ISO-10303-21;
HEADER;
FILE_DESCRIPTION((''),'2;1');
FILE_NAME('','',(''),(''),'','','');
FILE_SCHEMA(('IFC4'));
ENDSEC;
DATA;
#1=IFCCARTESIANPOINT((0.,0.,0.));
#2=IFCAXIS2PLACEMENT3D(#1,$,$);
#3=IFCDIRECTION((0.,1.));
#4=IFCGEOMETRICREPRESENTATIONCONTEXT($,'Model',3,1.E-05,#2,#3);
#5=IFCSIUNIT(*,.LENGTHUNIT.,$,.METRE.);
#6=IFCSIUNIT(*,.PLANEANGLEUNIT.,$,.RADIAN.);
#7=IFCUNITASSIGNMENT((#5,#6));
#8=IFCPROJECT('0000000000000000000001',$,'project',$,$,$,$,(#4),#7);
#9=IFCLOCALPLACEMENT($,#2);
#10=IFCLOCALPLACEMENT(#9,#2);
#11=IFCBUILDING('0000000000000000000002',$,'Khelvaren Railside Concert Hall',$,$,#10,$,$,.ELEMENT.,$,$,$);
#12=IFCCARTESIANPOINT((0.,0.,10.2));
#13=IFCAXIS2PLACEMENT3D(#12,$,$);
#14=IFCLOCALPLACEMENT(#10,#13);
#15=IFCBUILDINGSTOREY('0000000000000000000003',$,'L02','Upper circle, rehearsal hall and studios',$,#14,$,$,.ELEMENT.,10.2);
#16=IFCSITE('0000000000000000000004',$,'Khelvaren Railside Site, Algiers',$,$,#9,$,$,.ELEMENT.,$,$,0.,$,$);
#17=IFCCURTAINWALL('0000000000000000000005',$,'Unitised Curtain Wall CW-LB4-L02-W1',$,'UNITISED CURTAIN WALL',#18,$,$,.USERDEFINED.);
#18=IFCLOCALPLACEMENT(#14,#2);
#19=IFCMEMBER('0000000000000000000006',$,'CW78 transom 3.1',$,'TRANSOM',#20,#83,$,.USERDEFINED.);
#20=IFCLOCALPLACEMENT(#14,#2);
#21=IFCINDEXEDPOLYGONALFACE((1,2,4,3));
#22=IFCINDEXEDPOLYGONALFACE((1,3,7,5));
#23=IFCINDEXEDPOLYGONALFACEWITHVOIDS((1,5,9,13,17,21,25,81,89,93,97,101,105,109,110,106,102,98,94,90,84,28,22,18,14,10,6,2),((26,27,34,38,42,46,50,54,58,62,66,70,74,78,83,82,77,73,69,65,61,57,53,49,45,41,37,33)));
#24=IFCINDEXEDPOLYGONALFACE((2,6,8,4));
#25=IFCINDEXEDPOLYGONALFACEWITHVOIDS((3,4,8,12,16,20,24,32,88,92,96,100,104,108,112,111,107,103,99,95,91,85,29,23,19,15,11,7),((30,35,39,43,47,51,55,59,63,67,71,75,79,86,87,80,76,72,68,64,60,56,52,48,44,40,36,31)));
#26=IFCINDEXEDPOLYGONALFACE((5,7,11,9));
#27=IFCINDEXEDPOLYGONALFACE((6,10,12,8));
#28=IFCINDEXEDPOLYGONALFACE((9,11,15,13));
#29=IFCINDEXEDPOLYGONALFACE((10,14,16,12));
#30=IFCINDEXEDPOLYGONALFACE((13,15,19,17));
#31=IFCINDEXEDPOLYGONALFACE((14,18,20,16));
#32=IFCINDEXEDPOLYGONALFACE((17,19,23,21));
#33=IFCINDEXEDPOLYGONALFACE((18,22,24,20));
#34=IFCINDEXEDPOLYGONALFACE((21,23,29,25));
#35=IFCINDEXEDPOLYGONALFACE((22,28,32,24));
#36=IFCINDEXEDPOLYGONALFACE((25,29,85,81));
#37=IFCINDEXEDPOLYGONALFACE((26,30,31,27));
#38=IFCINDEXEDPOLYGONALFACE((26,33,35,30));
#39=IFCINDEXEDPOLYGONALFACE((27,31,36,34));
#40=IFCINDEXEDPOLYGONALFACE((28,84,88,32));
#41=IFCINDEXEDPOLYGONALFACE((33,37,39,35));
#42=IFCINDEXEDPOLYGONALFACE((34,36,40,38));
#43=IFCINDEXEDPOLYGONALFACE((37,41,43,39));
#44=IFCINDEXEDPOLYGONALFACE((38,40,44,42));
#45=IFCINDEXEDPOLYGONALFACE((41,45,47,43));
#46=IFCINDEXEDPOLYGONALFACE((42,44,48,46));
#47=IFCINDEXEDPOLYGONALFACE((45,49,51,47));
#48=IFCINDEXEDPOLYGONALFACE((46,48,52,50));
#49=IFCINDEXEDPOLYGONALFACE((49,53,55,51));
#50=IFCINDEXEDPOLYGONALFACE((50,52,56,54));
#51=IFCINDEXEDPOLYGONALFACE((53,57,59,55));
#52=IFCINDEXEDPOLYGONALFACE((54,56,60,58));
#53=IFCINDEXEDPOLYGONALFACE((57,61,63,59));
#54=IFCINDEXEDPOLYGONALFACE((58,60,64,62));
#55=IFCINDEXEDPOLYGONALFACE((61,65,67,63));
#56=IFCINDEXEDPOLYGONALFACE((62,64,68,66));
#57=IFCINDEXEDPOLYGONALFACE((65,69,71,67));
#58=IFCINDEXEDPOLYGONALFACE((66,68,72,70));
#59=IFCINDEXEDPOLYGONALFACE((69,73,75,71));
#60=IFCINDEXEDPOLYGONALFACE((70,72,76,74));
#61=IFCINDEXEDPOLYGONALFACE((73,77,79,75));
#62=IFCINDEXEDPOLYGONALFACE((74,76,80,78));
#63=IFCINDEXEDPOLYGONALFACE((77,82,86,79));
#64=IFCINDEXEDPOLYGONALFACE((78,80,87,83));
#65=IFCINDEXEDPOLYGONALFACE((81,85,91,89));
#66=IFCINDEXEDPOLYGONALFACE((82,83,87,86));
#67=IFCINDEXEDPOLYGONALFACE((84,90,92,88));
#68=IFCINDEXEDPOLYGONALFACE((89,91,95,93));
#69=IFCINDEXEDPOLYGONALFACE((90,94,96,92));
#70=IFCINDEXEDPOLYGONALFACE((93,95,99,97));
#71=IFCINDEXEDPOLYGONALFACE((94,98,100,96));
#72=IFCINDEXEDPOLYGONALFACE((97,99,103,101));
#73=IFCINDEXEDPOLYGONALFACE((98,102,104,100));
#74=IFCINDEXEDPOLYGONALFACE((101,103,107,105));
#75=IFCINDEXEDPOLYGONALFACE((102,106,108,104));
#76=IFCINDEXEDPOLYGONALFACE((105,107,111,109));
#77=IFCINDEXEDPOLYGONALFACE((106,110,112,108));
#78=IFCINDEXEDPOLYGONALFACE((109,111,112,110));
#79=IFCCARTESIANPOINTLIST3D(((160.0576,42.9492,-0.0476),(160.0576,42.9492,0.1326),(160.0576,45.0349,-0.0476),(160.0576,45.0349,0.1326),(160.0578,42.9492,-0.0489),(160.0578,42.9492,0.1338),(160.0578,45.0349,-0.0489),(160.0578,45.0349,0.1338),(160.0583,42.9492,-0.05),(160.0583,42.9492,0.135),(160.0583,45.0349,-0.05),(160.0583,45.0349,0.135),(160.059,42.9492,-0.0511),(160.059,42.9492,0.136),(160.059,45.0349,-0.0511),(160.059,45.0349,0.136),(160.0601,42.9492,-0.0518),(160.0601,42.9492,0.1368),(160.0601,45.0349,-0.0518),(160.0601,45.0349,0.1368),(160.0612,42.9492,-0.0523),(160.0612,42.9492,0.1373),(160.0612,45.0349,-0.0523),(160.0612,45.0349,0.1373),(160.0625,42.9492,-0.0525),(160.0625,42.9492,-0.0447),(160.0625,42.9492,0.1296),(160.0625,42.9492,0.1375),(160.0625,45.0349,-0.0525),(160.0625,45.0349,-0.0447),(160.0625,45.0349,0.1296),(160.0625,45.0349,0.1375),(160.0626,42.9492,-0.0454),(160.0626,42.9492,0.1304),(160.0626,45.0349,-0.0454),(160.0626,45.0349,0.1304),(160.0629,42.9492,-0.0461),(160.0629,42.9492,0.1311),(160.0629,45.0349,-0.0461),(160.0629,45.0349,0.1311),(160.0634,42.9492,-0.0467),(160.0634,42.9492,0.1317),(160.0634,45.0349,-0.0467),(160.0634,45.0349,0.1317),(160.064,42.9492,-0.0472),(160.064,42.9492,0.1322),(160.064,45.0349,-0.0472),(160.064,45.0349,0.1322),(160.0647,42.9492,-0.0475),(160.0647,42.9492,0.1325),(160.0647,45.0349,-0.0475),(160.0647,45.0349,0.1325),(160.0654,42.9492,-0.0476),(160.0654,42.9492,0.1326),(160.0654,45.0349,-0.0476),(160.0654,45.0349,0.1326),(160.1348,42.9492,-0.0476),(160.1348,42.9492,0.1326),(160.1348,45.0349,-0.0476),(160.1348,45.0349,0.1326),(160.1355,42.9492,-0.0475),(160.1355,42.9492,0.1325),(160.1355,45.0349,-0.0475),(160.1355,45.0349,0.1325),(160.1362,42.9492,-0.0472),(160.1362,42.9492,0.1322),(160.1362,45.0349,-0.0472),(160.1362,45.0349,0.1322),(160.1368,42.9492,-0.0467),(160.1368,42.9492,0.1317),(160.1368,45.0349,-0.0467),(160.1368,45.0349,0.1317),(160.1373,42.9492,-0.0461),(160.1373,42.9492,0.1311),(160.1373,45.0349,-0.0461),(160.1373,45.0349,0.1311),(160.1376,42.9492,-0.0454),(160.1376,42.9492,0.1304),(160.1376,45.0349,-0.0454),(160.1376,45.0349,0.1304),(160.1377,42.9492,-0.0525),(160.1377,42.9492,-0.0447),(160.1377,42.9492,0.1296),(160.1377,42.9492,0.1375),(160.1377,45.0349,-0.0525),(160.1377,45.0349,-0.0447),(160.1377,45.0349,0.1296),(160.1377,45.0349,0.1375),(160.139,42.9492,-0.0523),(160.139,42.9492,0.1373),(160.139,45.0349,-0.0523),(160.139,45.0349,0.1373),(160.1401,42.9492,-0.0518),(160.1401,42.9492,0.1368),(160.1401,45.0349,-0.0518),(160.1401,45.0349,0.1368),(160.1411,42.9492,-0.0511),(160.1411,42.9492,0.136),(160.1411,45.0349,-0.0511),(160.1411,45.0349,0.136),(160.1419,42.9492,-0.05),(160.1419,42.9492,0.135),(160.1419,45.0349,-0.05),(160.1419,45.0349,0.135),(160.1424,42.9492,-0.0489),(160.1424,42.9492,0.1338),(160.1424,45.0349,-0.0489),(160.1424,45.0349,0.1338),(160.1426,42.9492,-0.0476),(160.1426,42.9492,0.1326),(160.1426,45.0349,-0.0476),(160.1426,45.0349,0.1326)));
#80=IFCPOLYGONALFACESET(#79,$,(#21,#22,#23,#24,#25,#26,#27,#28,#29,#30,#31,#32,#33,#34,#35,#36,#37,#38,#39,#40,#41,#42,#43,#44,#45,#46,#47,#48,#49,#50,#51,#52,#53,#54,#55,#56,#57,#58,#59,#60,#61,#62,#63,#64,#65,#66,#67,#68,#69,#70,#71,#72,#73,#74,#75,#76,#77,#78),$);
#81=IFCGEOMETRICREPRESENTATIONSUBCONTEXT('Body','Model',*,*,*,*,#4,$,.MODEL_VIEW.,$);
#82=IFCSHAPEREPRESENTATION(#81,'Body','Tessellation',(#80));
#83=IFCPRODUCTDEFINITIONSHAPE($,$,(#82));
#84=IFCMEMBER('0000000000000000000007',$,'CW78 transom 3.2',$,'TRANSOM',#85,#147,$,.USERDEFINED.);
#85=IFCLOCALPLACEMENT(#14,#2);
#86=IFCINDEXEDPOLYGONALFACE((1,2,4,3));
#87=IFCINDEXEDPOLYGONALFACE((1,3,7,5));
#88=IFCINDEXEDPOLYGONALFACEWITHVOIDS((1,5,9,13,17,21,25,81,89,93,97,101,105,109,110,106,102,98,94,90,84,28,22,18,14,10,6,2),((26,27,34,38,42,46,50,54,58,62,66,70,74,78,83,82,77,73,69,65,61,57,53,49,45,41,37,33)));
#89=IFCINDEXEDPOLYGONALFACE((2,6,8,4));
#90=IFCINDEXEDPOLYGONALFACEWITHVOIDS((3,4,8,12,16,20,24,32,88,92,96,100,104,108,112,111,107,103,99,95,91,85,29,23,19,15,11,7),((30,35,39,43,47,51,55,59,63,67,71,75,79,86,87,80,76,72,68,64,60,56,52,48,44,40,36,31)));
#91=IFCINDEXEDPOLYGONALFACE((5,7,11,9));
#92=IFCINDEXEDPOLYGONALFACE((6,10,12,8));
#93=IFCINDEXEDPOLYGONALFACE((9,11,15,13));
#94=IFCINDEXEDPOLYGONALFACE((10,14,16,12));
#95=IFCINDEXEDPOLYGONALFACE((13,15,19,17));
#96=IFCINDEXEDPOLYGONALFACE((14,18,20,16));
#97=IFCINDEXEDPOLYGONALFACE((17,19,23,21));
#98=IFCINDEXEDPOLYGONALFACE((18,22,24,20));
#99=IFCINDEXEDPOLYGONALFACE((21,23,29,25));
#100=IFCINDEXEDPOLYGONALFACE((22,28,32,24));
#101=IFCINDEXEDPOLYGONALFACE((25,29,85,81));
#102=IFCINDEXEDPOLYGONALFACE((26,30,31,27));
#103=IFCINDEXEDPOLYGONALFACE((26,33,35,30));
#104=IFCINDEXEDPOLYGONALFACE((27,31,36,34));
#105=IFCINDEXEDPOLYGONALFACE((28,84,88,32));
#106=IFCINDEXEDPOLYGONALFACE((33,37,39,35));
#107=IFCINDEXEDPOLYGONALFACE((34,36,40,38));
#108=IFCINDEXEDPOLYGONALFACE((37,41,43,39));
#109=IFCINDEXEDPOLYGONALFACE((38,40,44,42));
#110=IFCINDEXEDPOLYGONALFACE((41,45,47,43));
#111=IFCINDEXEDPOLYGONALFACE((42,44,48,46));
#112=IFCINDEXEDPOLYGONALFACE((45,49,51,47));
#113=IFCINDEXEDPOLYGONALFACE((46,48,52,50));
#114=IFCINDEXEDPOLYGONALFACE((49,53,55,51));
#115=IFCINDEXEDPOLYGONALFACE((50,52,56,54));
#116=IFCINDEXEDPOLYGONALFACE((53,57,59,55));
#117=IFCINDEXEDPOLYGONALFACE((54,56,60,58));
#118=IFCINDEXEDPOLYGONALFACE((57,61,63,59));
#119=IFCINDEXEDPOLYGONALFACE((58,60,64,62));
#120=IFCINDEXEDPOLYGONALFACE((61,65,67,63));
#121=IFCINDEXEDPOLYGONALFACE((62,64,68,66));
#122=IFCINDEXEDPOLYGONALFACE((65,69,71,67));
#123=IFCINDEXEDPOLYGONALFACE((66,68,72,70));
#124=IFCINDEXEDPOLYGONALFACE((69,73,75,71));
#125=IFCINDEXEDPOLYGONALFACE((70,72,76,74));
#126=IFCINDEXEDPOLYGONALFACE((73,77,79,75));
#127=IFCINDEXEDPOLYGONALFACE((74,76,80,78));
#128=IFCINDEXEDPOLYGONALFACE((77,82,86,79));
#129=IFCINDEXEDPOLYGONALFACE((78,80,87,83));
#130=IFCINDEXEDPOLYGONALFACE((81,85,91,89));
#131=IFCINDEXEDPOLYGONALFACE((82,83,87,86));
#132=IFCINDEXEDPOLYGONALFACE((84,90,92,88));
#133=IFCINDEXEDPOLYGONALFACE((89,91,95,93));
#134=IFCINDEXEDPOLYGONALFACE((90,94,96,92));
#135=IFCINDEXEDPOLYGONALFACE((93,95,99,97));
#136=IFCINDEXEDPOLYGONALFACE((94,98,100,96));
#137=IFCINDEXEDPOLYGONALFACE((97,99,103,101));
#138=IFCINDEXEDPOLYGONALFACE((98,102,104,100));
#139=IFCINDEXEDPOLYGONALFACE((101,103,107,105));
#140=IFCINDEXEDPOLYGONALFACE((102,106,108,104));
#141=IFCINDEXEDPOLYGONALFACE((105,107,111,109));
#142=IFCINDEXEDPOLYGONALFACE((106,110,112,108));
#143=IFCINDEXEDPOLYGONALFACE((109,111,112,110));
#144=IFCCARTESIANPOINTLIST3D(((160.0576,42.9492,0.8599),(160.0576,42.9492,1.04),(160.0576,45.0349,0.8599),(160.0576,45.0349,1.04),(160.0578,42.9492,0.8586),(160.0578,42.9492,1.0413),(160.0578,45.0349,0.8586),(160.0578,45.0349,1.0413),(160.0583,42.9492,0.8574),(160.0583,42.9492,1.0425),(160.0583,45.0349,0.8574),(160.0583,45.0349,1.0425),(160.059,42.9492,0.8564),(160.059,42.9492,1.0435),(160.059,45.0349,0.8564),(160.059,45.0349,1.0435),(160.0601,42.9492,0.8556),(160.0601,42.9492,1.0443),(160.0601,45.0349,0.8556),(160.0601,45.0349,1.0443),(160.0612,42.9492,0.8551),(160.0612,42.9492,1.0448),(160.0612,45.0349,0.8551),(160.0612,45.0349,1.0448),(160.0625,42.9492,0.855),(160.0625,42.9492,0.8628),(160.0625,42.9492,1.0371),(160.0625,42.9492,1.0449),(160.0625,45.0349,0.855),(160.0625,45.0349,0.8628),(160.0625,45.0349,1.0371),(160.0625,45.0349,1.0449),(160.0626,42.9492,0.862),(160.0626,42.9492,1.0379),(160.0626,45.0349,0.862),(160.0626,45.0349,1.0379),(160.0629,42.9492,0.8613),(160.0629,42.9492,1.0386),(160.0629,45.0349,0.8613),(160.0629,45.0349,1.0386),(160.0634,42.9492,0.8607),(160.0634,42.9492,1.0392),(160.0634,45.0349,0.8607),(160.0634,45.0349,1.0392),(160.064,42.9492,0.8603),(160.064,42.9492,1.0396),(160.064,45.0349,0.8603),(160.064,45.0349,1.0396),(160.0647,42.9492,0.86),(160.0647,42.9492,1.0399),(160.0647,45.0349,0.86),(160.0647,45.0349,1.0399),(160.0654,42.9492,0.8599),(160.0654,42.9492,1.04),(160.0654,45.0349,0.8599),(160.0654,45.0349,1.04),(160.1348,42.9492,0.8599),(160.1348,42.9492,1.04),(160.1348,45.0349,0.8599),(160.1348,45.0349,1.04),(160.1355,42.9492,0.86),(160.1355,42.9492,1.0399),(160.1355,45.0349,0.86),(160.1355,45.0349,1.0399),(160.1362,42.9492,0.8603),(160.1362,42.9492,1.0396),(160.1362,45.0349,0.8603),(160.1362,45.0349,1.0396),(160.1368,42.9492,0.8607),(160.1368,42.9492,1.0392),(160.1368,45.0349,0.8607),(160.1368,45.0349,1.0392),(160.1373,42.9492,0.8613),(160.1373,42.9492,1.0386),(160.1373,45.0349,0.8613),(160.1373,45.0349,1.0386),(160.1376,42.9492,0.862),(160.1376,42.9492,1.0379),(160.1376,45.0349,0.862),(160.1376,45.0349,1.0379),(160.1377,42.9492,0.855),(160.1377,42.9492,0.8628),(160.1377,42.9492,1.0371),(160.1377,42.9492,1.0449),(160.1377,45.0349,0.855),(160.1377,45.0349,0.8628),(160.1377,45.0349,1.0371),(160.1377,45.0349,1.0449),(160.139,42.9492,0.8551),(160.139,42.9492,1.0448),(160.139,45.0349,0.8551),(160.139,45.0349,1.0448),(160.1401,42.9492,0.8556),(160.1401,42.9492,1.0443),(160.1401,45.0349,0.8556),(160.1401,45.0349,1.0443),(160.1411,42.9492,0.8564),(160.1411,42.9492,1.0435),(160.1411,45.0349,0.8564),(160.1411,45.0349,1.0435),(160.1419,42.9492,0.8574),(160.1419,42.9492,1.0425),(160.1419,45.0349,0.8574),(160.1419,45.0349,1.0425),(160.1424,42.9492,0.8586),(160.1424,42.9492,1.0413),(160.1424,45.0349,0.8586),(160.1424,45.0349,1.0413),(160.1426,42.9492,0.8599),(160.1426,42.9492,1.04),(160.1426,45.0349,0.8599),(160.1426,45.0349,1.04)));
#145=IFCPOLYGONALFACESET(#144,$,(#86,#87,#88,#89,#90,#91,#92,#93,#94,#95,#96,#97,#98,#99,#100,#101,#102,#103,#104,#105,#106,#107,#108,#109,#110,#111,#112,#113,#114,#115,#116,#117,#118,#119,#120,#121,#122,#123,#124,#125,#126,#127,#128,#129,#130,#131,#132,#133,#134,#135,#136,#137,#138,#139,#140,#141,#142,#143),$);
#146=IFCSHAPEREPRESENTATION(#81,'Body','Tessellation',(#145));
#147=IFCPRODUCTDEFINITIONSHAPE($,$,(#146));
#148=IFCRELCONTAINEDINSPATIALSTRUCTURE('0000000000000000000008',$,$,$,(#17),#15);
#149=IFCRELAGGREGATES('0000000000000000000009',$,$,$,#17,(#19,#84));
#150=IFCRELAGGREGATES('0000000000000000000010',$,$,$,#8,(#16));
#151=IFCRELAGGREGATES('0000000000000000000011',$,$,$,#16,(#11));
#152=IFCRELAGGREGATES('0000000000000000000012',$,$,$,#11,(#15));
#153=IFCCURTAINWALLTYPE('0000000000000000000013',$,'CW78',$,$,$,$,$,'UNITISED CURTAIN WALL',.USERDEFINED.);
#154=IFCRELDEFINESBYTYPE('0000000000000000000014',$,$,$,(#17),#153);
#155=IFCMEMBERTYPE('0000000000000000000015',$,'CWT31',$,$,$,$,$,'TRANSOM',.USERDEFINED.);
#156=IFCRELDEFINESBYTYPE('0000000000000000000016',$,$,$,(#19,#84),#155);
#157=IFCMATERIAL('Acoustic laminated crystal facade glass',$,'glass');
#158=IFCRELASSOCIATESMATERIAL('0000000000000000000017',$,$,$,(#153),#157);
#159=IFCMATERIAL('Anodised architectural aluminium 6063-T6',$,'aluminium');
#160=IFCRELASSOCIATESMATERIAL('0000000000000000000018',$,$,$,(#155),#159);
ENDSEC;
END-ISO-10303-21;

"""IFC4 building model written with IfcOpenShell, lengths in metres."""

from ifc_helpers import new_model, si_unit, direction, frame, origin, origin_2d, place, context, subcontext, project, spatial, hollow_rectangle, extrude, material, material_profile, profile_set, type_object, element, aggregate, save


model = new_model("IFC4")

# Units and contexts
model_context = context("Model", 3, precision=1e-05, world=origin(), true_north=direction((0.0, 1.0)))
body_context = subcontext(model_context, "Body", "Model", "MODEL_VIEW")
ifc_project = project(units=[si_unit("LENGTHUNIT", "METRE"), si_unit("PLANEANGLEUNIT", "RADIAN")], contexts=[model_context])

# Site, building, storey
site_placement = place(None, origin())
site = spatial("IfcSite", under=ifc_project, at=site_placement, Name="Khelvaren Railside Site, Algiers", CompositionType="ELEMENT", RefElevation=0.0)
building_placement = place(site_placement, origin())
building = spatial("IfcBuilding", under=site, at=building_placement, Name="Khelvaren Railside Concert Hall", CompositionType="ELEMENT")
storey_placement = place(building_placement, frame((0.0, 0.0, 10.2)))
storey = spatial("IfcBuildingStorey", under=building, at=storey_placement, Name="L02", Description="Upper circle, rehearsal hall and studios", CompositionType="ELEMENT", Elevation=10.2)

# Curtain wall, members
ifc_material_1 = material(Name="Acoustic laminated crystal facade glass", Category="glass")
curtain_wall_type = type_object("IfcCurtainWallType", Name="CW78", ElementType="UNITISED CURTAIN WALL", PredefinedType="USERDEFINED", material=ifc_material_1)
curtain_wall_placement = place(storey_placement, origin())
curtain_wall = element("IfcCurtainWall", 1, at=curtain_wall_placement, inside=storey, type_object=curtain_wall_type, Name="Unitised Curtain Wall CW-LB4-L02-W1", ObjectType="UNITISED CURTAIN WALL", PredefinedType="USERDEFINED")
ifc_material_2 = material(Name="Anodised architectural aluminium 6063-T6", Category="aluminium")
ifc_material_profile_1 = material_profile(ifc_material_2, hollow_rectangle(XDim=0.085, YDim=0.1899, WallThickness=0.0049, InnerFilletRadius=0.0029, OuterFilletRadius=0.0049, at=origin_2d()), Name="CWT 85x190x5")
ifc_profile_set_1 = profile_set([ifc_material_profile_1], Name="Anodised architectural aluminium 6063-T6")
member_type_1 = type_object("IfcMemberType", Name="CWT31", ElementType="TRANSOM", PredefinedType="USERDEFINED", material=ifc_profile_set_1)
member_1_placement = place(storey_placement, frame((160.1001, 42.9492, 0.0425), z_axis=(0.0, 1.0, 0.0), x_axis=(-1.0, 0.0, 0.0)))
member_1 = element("IfcMember", 2, at=member_1_placement, type_object=member_type_1, Name="CW78 transom 3.1", ObjectType="TRANSOM", PredefinedType="USERDEFINED", context=body_context, shape_type="SweptSolid", body=[
    extrude(hollow_rectangle(XDim=0.085, YDim=0.1899, WallThickness=0.0049, InnerFilletRadius=0.0029, OuterFilletRadius=0.0049, at=origin_2d()), origin(), (0.0, 0.0, 1.0), 2.0857),
])
member_2_placement = place(storey_placement, frame((160.1001, 42.9492, 0.95), z_axis=(0.0, 1.0, 0.0), x_axis=(-1.0, 0.0, 0.0)))
member_2 = element("IfcMember", 3, at=member_2_placement, type_object=member_type_1, Name="CW78 transom 3.2", ObjectType="TRANSOM", PredefinedType="USERDEFINED", context=body_context, shape_type="SweptSolid", body=[
    extrude(hollow_rectangle(XDim=0.085, YDim=0.1899, WallThickness=0.0049, InnerFilletRadius=0.0029, OuterFilletRadius=0.0049, at=origin_2d()), origin(), (0.0, 0.0, 1.0), 2.0857),
])
aggregate(curtain_wall, [member_1, member_2])

save(model, "model.ifc")
